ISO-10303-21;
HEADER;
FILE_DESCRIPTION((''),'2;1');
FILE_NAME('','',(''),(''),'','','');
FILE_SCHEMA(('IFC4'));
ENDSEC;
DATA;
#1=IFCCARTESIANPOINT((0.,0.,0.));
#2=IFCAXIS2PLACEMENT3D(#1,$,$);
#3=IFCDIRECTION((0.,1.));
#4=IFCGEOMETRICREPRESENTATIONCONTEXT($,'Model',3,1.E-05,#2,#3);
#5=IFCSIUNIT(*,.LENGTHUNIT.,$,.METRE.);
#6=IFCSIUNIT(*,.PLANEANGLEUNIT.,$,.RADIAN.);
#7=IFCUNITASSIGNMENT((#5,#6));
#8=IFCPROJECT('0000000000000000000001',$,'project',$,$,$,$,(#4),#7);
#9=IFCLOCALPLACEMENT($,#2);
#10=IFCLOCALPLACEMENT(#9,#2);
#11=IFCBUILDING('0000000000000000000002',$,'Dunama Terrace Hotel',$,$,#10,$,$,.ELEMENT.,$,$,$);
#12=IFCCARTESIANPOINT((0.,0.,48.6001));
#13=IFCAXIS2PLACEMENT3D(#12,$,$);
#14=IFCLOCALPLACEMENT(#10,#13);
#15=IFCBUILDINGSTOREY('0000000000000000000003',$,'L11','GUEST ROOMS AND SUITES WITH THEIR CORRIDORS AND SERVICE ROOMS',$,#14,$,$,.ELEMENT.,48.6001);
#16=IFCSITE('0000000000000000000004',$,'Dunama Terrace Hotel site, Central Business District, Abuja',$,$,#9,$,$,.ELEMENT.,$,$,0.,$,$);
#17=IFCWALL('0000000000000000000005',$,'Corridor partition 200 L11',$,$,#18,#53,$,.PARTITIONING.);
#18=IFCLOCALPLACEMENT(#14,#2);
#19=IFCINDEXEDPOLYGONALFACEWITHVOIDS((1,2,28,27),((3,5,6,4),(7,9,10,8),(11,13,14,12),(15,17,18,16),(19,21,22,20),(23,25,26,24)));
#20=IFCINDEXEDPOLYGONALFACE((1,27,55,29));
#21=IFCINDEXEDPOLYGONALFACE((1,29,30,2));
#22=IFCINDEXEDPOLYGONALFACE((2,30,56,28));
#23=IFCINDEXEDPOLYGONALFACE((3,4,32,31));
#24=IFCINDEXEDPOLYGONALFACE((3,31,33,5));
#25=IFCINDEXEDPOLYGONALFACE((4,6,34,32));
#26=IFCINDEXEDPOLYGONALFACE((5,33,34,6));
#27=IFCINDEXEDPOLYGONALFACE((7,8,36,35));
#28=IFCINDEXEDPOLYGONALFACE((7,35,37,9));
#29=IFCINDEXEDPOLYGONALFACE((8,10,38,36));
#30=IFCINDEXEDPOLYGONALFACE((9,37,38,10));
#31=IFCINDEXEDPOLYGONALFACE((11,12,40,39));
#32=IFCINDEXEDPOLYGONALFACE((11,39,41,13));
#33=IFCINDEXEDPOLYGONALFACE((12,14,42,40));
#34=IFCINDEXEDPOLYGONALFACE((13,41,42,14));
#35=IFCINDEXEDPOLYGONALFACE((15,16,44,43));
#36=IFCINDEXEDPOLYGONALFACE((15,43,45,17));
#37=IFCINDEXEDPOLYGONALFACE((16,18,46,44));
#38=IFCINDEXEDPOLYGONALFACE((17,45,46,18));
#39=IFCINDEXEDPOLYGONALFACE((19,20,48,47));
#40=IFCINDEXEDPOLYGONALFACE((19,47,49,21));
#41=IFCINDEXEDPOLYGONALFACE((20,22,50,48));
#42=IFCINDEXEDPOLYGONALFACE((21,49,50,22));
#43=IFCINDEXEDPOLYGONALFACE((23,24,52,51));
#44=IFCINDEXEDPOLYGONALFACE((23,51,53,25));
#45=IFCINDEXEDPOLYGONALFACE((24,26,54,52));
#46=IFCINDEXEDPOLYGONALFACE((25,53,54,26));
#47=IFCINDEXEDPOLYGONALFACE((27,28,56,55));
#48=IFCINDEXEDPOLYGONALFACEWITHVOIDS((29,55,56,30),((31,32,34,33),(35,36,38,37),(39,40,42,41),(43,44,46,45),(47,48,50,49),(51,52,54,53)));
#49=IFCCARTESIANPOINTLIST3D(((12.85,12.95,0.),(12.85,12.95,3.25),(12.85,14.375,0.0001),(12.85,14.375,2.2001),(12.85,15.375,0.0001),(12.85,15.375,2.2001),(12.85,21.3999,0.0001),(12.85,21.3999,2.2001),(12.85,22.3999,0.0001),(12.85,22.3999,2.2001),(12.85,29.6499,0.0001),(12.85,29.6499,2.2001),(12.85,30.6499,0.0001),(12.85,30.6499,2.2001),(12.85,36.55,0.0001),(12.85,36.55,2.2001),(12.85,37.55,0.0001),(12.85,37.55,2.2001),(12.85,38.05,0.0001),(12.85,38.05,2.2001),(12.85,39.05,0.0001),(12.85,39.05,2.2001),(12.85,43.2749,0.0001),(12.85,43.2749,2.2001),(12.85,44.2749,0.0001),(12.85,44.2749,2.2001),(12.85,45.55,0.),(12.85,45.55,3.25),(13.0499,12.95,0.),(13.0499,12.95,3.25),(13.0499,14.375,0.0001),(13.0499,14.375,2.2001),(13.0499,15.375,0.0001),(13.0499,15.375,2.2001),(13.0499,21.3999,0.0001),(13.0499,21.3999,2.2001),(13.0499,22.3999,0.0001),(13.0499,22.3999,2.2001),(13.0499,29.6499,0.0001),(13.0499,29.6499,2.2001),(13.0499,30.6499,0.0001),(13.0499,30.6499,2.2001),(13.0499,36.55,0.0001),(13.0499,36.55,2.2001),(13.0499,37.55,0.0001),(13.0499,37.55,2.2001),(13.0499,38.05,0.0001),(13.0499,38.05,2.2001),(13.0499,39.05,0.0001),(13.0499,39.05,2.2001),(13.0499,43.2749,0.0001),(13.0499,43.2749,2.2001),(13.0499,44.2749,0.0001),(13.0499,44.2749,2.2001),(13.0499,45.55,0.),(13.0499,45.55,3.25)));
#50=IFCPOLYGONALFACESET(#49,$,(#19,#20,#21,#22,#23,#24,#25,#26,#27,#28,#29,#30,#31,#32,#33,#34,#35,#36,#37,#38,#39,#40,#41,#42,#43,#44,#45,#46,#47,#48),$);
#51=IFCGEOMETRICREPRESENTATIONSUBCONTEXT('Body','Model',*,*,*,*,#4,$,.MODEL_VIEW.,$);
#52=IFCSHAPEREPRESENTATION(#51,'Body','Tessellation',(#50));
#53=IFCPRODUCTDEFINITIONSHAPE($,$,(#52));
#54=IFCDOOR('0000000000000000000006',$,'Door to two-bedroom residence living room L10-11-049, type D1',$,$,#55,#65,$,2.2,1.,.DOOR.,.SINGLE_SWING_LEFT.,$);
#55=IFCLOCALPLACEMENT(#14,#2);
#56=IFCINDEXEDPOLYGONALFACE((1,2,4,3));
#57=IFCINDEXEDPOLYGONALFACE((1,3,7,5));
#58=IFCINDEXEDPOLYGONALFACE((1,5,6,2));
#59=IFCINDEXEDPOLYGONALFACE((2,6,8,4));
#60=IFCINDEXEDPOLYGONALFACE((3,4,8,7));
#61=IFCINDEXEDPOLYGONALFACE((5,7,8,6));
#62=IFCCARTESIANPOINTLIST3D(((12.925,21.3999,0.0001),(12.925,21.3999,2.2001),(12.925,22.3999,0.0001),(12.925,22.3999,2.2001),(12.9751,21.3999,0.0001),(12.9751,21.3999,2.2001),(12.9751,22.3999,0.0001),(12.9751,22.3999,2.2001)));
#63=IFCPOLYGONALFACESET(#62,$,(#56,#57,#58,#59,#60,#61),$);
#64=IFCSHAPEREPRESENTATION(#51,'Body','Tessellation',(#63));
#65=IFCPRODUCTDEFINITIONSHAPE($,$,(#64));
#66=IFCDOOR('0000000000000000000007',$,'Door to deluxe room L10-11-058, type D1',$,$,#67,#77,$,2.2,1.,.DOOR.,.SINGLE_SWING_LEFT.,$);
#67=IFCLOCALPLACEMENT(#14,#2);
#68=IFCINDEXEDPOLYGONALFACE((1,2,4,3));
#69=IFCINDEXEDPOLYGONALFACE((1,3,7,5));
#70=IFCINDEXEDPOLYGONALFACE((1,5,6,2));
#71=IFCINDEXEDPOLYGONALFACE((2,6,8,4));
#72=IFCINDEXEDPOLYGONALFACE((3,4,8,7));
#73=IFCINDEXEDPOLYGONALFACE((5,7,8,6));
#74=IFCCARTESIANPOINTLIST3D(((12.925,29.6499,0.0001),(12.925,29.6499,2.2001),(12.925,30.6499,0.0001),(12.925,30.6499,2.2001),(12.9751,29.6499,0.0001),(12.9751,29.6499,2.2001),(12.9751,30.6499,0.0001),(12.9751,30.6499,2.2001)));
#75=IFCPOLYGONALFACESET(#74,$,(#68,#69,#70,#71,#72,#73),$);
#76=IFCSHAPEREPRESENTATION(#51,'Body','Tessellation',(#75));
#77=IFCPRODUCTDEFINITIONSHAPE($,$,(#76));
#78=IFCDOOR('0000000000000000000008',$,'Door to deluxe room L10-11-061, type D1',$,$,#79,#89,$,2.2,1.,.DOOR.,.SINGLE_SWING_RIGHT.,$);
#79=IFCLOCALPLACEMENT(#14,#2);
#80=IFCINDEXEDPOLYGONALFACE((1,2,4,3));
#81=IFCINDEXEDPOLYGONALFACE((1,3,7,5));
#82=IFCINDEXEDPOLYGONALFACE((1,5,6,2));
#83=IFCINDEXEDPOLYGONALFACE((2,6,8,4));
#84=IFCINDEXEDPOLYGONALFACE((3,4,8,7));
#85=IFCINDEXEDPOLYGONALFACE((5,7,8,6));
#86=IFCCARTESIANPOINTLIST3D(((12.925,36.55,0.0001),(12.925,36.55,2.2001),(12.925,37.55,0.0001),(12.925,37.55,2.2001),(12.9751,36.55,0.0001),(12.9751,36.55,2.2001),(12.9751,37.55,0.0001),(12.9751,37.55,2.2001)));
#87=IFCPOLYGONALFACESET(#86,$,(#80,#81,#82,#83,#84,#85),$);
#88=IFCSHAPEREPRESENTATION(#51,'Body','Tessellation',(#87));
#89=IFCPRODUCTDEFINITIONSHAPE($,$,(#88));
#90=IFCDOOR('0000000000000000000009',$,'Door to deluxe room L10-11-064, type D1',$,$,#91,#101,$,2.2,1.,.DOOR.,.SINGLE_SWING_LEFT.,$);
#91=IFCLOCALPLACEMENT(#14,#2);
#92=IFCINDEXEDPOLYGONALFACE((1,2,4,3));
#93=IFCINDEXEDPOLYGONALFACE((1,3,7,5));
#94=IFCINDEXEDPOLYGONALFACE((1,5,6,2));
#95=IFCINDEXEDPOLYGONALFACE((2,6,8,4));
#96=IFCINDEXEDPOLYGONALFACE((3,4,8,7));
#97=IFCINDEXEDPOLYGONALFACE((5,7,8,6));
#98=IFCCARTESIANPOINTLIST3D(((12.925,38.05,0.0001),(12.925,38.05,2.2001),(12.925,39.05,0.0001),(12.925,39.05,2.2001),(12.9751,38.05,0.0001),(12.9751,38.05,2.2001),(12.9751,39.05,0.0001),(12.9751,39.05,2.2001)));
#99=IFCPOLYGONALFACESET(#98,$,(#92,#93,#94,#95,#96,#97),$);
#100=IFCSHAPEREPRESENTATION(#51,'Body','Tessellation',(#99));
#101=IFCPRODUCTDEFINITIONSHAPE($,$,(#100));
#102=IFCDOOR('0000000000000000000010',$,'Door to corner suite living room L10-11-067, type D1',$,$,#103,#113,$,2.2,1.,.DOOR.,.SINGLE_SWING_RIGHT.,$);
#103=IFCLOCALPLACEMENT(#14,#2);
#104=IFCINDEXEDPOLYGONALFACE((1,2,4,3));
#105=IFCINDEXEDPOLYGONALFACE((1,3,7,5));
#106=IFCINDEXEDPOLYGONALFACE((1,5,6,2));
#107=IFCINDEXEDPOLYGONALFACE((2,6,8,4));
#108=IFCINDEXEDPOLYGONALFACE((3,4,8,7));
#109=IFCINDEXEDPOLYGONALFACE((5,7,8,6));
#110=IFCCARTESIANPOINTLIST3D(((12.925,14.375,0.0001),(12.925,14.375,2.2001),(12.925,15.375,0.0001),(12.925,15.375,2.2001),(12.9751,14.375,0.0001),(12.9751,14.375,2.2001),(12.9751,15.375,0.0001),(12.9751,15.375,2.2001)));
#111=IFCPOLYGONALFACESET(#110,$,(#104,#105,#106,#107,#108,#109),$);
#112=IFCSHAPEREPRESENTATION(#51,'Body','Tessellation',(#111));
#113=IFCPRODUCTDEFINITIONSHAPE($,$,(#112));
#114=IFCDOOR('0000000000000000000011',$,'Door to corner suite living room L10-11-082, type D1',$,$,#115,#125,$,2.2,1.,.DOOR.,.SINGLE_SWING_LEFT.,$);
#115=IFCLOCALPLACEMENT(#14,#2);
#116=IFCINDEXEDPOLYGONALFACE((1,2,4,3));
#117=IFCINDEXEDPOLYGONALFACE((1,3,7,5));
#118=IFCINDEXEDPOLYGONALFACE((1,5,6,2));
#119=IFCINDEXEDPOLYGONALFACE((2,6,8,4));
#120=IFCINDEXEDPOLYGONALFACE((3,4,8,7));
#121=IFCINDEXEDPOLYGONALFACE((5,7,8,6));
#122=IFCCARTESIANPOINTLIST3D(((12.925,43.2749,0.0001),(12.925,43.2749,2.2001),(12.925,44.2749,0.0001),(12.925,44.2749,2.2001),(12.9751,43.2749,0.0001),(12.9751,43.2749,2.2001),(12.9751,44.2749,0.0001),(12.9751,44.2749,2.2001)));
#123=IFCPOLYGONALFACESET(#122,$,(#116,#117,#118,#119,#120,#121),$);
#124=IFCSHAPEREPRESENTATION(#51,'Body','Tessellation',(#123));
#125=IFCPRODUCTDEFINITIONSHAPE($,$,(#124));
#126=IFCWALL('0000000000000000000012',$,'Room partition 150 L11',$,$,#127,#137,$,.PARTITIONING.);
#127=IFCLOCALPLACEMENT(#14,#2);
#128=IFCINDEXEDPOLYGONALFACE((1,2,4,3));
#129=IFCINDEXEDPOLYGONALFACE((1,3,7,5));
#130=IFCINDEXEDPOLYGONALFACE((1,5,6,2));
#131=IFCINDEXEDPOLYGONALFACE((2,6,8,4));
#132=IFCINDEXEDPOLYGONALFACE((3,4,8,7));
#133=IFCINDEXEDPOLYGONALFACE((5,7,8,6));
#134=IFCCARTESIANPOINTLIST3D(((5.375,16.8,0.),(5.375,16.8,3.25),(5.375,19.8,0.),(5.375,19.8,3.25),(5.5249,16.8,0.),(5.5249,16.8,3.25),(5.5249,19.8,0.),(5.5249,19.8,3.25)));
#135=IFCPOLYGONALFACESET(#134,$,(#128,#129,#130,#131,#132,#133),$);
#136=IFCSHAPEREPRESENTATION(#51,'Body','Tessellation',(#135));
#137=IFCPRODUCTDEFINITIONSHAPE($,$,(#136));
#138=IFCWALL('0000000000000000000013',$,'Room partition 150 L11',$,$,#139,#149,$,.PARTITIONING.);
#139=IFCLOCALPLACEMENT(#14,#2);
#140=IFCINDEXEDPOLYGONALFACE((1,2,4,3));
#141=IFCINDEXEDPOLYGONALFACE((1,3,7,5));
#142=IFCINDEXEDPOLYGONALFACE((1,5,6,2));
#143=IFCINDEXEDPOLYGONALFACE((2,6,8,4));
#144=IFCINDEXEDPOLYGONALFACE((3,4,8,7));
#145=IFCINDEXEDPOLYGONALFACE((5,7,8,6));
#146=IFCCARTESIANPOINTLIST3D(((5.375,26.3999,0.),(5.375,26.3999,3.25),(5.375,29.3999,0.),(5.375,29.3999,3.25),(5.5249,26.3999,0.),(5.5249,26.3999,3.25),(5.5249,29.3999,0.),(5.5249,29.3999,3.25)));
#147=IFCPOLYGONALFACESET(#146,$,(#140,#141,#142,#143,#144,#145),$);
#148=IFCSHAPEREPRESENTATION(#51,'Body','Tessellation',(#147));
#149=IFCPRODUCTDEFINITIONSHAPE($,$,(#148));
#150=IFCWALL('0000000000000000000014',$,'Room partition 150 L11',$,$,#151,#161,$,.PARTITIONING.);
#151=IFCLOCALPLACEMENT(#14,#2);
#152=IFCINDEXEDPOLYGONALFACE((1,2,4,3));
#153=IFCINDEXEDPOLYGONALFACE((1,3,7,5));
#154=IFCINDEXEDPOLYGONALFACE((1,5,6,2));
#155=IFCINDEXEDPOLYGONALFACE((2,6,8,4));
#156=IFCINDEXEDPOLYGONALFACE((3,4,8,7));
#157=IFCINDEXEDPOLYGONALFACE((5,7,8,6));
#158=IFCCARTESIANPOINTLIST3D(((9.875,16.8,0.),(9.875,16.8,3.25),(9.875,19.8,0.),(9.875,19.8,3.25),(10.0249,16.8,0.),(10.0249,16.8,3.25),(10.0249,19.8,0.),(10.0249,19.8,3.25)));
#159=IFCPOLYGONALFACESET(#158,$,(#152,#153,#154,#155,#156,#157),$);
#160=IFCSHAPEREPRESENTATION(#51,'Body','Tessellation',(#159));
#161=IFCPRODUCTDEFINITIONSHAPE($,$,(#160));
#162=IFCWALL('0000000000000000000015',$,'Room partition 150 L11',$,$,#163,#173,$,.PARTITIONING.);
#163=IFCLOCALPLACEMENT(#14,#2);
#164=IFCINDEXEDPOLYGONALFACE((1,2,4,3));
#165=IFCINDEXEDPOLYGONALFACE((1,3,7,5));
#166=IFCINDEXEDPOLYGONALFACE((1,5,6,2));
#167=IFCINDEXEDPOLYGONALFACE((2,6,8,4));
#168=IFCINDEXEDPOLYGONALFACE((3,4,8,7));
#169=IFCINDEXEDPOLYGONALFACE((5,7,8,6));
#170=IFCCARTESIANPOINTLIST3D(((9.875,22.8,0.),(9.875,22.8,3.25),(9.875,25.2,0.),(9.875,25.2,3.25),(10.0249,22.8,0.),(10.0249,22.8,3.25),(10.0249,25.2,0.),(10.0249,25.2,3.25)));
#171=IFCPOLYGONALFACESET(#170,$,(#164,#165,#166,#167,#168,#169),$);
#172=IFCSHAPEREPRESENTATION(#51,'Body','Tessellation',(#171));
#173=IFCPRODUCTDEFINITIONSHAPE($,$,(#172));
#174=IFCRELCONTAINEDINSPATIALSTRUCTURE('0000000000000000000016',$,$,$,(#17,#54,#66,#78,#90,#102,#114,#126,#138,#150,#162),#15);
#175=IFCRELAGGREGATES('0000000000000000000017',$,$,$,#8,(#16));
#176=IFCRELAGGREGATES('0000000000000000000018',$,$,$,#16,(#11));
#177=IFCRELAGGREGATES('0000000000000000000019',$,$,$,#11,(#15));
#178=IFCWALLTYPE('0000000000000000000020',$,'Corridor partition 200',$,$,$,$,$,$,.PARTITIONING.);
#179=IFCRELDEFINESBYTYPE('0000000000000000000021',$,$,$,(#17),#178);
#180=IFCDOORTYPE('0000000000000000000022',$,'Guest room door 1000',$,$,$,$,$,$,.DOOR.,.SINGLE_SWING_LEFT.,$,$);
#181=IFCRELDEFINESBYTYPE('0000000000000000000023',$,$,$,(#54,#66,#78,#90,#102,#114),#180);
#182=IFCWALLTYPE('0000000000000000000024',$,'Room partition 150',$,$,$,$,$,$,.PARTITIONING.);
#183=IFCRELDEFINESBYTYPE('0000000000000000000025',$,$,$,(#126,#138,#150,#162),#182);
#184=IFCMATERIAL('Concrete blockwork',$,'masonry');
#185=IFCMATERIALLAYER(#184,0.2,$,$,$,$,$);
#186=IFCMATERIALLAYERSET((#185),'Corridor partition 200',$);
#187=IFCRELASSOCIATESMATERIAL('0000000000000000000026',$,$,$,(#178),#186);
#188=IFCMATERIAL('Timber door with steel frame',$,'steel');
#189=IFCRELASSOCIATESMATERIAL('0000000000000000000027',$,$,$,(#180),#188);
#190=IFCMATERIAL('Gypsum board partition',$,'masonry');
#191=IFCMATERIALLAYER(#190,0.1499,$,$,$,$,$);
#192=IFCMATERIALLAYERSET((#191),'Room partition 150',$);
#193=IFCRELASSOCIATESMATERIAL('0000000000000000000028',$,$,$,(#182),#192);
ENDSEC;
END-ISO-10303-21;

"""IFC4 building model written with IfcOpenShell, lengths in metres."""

from ifc_helpers import new_model, si_unit, direction, frame, frame_2d, origin, place, context, subcontext, project, spatial, rectangle, extrude, material, layer, layer_set, type_object, element, fill, save


model = new_model("IFC4")

# Units and contexts
model_context = context("Model", 3, precision=1e-05, world=origin(), true_north=direction((0.0, 1.0)))
body_context = subcontext(model_context, "Body", "Model", "MODEL_VIEW")
ifc_project = project(units=[si_unit("LENGTHUNIT", "METRE"), si_unit("PLANEANGLEUNIT", "RADIAN")], contexts=[model_context])

# Site, building, storey
site_placement = place(None, origin())
site = spatial("IfcSite", under=ifc_project, at=site_placement, Name="Dunama Terrace Hotel site, Central Business District, Abuja", CompositionType="ELEMENT", RefElevation=0.0)
building_placement = place(site_placement, origin())
building = spatial("IfcBuilding", under=site, at=building_placement, Name="Dunama Terrace Hotel", CompositionType="ELEMENT")
storey_placement = place(building_placement, frame((0.0, 0.0, 48.6001)))
storey = spatial("IfcBuildingStorey", under=building, at=storey_placement, Name="L11", Description="GUEST ROOMS AND SUITES WITH THEIR CORRIDORS AND SERVICE ROOMS", CompositionType="ELEMENT", Elevation=48.6001)

# Wall, openings, doors
ifc_material_1 = material(Name="Concrete blockwork", Category="masonry")
ifc_layer_1 = layer(ifc_material_1, 0.2)
ifc_layer_set_1 = layer_set([ifc_layer_1], Name="Corridor partition 200")
wall_type_1 = type_object("IfcWallType", Name="Corridor partition 200", PredefinedType="PARTITIONING", material=ifc_layer_set_1)
wall_1_placement = place(storey_placement, frame((12.95, 12.95, 0.0), z_axis=(0.0, 0.0, 1.0), x_axis=(0.0, 1.0, 0.0)))
wall_1 = element("IfcWall", 1, at=wall_1_placement, inside=storey, type_object=wall_type_1, Name="Corridor partition 200 L11", PredefinedType="PARTITIONING", context=body_context, shape_type="SweptSolid", body=[
    extrude(rectangle(XDim=32.6001, YDim=0.2, at=frame_2d((16.3, 0.0))), origin(), (0.0, 0.0, 1.0), 3.25),
])
opening_1_placement = place(wall_1_placement, frame((8.45, 0.0, 0.0)))
opening_1 = element("IfcOpeningElement", 2, at=opening_1_placement, cuts=wall_1, PredefinedType="OPENING", context=body_context, shape_type="SweptSolid", body=[
    extrude(rectangle(XDim=1.0, YDim=2.2, at=frame_2d((0.5, 1.1001))), frame((0.0, 0.1099, 0.0), z_axis=(0.0, -1.0, 0.0), x_axis=(1.0, 0.0, 0.0)), (0.0, 0.0, 1.0), 0.22),
])
opening_2_placement = place(wall_1_placement, frame((16.7, 0.0, 0.0)))
opening_2 = element("IfcOpeningElement", 3, at=opening_2_placement, cuts=wall_1, PredefinedType="OPENING", context=body_context, shape_type="SweptSolid", body=[
    extrude(rectangle(XDim=1.0, YDim=2.2, at=frame_2d((0.5, 1.1001))), frame((0.0, 0.1099, 0.0), z_axis=(0.0, -1.0, 0.0), x_axis=(1.0, 0.0, 0.0)), (0.0, 0.0, 1.0), 0.22),
])
opening_3_placement = place(wall_1_placement, frame((23.6001, 0.0, 0.0)))
opening_3 = element("IfcOpeningElement", 4, at=opening_3_placement, cuts=wall_1, PredefinedType="OPENING", context=body_context, shape_type="SweptSolid", body=[
    extrude(rectangle(XDim=1.0, YDim=2.2, at=frame_2d((0.5, 1.1001))), frame((0.0, 0.1099, 0.0), z_axis=(0.0, -1.0, 0.0), x_axis=(1.0, 0.0, 0.0)), (0.0, 0.0, 1.0), 0.22),
])
opening_4_placement = place(wall_1_placement, frame((25.1001, 0.0, 0.0)))
opening_4 = element("IfcOpeningElement", 5, at=opening_4_placement, cuts=wall_1, PredefinedType="OPENING", context=body_context, shape_type="SweptSolid", body=[
    extrude(rectangle(XDim=1.0, YDim=2.2, at=frame_2d((0.5, 1.1001))), frame((0.0, 0.1099, 0.0), z_axis=(0.0, -1.0, 0.0), x_axis=(1.0, 0.0, 0.0)), (0.0, 0.0, 1.0), 0.22),
])
opening_5_placement = place(wall_1_placement, frame((1.425, 0.0, 0.0)))
opening_5 = element("IfcOpeningElement", 6, at=opening_5_placement, cuts=wall_1, PredefinedType="OPENING", context=body_context, shape_type="SweptSolid", body=[
    extrude(rectangle(XDim=1.0, YDim=2.2, at=frame_2d((0.5, 1.1001))), frame((0.0, 0.1099, 0.0), z_axis=(0.0, -1.0, 0.0), x_axis=(1.0, 0.0, 0.0)), (0.0, 0.0, 1.0), 0.22),
])
opening_6_placement = place(wall_1_placement, frame((30.325, 0.0, 0.0)))
opening_6 = element("IfcOpeningElement", 7, at=opening_6_placement, cuts=wall_1, PredefinedType="OPENING", context=body_context, shape_type="SweptSolid", body=[
    extrude(rectangle(XDim=1.0, YDim=2.2, at=frame_2d((0.5, 1.1001))), frame((0.0, 0.1099, 0.0), z_axis=(0.0, -1.0, 0.0), x_axis=(1.0, 0.0, 0.0)), (0.0, 0.0, 1.0), 0.22),
])
ifc_material_2 = material(Name="Timber door with steel frame", Category="steel")
door_type_1 = type_object("IfcDoorType", Name="Guest room door 1000", OperationType="SINGLE_SWING_LEFT", PredefinedType="DOOR", material=ifc_material_2)
door_1_placement = place(opening_1_placement, origin())
door_1 = element("IfcDoor", 8, at=door_1_placement, inside=storey, type_object=door_type_1, Name="Door to two-bedroom residence living room L10-11-049, type D1", OperationType="SINGLE_SWING_LEFT", OverallHeight=2.2, OverallWidth=1.0, PredefinedType="DOOR", context=body_context, shape_type="SweptSolid", body=[
    extrude(rectangle(XDim=1.0, YDim=2.2, at=frame_2d((0.5, 1.1001))), frame((0.0, 0.0249, 0.0), z_axis=(0.0, -1.0, 0.0), x_axis=(1.0, 0.0, 0.0)), (0.0, 0.0, 1.0), 0.05),
])
fill(opening_1, door_1)
door_2_placement = place(opening_2_placement, origin())
door_2 = element("IfcDoor", 9, at=door_2_placement, inside=storey, type_object=door_type_1, Name="Door to deluxe room L10-11-058, type D1", OperationType="SINGLE_SWING_LEFT", OverallHeight=2.2, OverallWidth=1.0, PredefinedType="DOOR", context=body_context, shape_type="SweptSolid", body=[
    extrude(rectangle(XDim=1.0, YDim=2.2, at=frame_2d((0.5, 1.1001))), frame((0.0, 0.0249, 0.0), z_axis=(0.0, -1.0, 0.0), x_axis=(1.0, 0.0, 0.0)), (0.0, 0.0, 1.0), 0.05),
])
fill(opening_2, door_2)
door_3_placement = place(opening_3_placement, origin())
door_3 = element("IfcDoor", 10, at=door_3_placement, inside=storey, type_object=door_type_1, Name="Door to deluxe room L10-11-061, type D1", OperationType="SINGLE_SWING_RIGHT", OverallHeight=2.2, OverallWidth=1.0, PredefinedType="DOOR", context=body_context, shape_type="SweptSolid", body=[
    extrude(rectangle(XDim=1.0, YDim=2.2, at=frame_2d((0.5, 1.1001))), frame((0.0, 0.0249, 0.0), z_axis=(0.0, -1.0, 0.0), x_axis=(1.0, 0.0, 0.0)), (0.0, 0.0, 1.0), 0.05),
])
fill(opening_3, door_3)
door_4_placement = place(opening_4_placement, origin())
door_4 = element("IfcDoor", 11, at=door_4_placement, inside=storey, type_object=door_type_1, Name="Door to deluxe room L10-11-064, type D1", OperationType="SINGLE_SWING_LEFT", OverallHeight=2.2, OverallWidth=1.0, PredefinedType="DOOR", context=body_context, shape_type="SweptSolid", body=[
    extrude(rectangle(XDim=1.0, YDim=2.2, at=frame_2d((0.5, 1.1001))), frame((0.0, 0.0249, 0.0), z_axis=(0.0, -1.0, 0.0), x_axis=(1.0, 0.0, 0.0)), (0.0, 0.0, 1.0), 0.05),
])
fill(opening_4, door_4)
door_5_placement = place(opening_5_placement, origin())
door_5 = element("IfcDoor", 12, at=door_5_placement, inside=storey, type_object=door_type_1, Name="Door to corner suite living room L10-11-067, type D1", OperationType="SINGLE_SWING_RIGHT", OverallHeight=2.2, OverallWidth=1.0, PredefinedType="DOOR", context=body_context, shape_type="SweptSolid", body=[
    extrude(rectangle(XDim=1.0, YDim=2.2, at=frame_2d((0.5, 1.1001))), frame((0.0, 0.0249, 0.0), z_axis=(0.0, -1.0, 0.0), x_axis=(1.0, 0.0, 0.0)), (0.0, 0.0, 1.0), 0.05),
])
fill(opening_5, door_5)
door_6_placement = place(opening_6_placement, origin())
door_6 = element("IfcDoor", 13, at=door_6_placement, inside=storey, type_object=door_type_1, Name="Door to corner suite living room L10-11-082, type D1", OperationType="SINGLE_SWING_LEFT", OverallHeight=2.2, OverallWidth=1.0, PredefinedType="DOOR", context=body_context, shape_type="SweptSolid", body=[
    extrude(rectangle(XDim=1.0, YDim=2.2, at=frame_2d((0.5, 1.1001))), frame((0.0, 0.0249, 0.0), z_axis=(0.0, -1.0, 0.0), x_axis=(1.0, 0.0, 0.0)), (0.0, 0.0, 1.0), 0.05),
])
fill(opening_6, door_6)

# Walls
ifc_material_3 = material(Name="Gypsum board partition", Category="masonry")
ifc_layer_2 = layer(ifc_material_3, 0.1499)
ifc_layer_set_2 = layer_set([ifc_layer_2], Name="Room partition 150")
wall_type_2 = type_object("IfcWallType", Name="Room partition 150", PredefinedType="PARTITIONING", material=ifc_layer_set_2)
for number, where, z_axis, x_axis, name in (
    (14, (5.45, 16.8, 0.0), (0.0, 0.0, 1.0), (0.0, 1.0, 0.0), "Room partition 150 L11"),
    (15, (5.45, 26.3999, 0.0), (0.0, 0.0, 1.0), (0.0, 1.0, 0.0), "Room partition 150 L11"),
    (16, (9.95, 16.8, 0.0), (0.0, 0.0, 1.0), (0.0, 1.0, 0.0), "Room partition 150 L11"),
):
    element("IfcWall", number, at=place(storey_placement, frame(where, z_axis=z_axis, x_axis=x_axis)), inside=storey, type_object=wall_type_2, Name=name, PredefinedType="PARTITIONING", context=body_context, shape_type="SweptSolid", body=[
        extrude(rectangle(XDim=3.0, YDim=0.1499, at=frame_2d((1.5, 0.0))), origin(), (0.0, 0.0, 1.0), 3.25),
    ])
wall_2_placement = place(storey_placement, frame((9.95, 22.8, 0.0), z_axis=(0.0, 0.0, 1.0), x_axis=(0.0, 1.0, 0.0)))
element("IfcWall", 17, at=wall_2_placement, inside=storey, type_object=wall_type_2, Name="Room partition 150 L11", PredefinedType="PARTITIONING", context=body_context, shape_type="SweptSolid", body=[
    extrude(rectangle(XDim=2.3999, YDim=0.1499, at=frame_2d((1.2, 0.0))), origin(), (0.0, 0.0, 1.0), 3.25),
])

save(model, "model.ifc")
